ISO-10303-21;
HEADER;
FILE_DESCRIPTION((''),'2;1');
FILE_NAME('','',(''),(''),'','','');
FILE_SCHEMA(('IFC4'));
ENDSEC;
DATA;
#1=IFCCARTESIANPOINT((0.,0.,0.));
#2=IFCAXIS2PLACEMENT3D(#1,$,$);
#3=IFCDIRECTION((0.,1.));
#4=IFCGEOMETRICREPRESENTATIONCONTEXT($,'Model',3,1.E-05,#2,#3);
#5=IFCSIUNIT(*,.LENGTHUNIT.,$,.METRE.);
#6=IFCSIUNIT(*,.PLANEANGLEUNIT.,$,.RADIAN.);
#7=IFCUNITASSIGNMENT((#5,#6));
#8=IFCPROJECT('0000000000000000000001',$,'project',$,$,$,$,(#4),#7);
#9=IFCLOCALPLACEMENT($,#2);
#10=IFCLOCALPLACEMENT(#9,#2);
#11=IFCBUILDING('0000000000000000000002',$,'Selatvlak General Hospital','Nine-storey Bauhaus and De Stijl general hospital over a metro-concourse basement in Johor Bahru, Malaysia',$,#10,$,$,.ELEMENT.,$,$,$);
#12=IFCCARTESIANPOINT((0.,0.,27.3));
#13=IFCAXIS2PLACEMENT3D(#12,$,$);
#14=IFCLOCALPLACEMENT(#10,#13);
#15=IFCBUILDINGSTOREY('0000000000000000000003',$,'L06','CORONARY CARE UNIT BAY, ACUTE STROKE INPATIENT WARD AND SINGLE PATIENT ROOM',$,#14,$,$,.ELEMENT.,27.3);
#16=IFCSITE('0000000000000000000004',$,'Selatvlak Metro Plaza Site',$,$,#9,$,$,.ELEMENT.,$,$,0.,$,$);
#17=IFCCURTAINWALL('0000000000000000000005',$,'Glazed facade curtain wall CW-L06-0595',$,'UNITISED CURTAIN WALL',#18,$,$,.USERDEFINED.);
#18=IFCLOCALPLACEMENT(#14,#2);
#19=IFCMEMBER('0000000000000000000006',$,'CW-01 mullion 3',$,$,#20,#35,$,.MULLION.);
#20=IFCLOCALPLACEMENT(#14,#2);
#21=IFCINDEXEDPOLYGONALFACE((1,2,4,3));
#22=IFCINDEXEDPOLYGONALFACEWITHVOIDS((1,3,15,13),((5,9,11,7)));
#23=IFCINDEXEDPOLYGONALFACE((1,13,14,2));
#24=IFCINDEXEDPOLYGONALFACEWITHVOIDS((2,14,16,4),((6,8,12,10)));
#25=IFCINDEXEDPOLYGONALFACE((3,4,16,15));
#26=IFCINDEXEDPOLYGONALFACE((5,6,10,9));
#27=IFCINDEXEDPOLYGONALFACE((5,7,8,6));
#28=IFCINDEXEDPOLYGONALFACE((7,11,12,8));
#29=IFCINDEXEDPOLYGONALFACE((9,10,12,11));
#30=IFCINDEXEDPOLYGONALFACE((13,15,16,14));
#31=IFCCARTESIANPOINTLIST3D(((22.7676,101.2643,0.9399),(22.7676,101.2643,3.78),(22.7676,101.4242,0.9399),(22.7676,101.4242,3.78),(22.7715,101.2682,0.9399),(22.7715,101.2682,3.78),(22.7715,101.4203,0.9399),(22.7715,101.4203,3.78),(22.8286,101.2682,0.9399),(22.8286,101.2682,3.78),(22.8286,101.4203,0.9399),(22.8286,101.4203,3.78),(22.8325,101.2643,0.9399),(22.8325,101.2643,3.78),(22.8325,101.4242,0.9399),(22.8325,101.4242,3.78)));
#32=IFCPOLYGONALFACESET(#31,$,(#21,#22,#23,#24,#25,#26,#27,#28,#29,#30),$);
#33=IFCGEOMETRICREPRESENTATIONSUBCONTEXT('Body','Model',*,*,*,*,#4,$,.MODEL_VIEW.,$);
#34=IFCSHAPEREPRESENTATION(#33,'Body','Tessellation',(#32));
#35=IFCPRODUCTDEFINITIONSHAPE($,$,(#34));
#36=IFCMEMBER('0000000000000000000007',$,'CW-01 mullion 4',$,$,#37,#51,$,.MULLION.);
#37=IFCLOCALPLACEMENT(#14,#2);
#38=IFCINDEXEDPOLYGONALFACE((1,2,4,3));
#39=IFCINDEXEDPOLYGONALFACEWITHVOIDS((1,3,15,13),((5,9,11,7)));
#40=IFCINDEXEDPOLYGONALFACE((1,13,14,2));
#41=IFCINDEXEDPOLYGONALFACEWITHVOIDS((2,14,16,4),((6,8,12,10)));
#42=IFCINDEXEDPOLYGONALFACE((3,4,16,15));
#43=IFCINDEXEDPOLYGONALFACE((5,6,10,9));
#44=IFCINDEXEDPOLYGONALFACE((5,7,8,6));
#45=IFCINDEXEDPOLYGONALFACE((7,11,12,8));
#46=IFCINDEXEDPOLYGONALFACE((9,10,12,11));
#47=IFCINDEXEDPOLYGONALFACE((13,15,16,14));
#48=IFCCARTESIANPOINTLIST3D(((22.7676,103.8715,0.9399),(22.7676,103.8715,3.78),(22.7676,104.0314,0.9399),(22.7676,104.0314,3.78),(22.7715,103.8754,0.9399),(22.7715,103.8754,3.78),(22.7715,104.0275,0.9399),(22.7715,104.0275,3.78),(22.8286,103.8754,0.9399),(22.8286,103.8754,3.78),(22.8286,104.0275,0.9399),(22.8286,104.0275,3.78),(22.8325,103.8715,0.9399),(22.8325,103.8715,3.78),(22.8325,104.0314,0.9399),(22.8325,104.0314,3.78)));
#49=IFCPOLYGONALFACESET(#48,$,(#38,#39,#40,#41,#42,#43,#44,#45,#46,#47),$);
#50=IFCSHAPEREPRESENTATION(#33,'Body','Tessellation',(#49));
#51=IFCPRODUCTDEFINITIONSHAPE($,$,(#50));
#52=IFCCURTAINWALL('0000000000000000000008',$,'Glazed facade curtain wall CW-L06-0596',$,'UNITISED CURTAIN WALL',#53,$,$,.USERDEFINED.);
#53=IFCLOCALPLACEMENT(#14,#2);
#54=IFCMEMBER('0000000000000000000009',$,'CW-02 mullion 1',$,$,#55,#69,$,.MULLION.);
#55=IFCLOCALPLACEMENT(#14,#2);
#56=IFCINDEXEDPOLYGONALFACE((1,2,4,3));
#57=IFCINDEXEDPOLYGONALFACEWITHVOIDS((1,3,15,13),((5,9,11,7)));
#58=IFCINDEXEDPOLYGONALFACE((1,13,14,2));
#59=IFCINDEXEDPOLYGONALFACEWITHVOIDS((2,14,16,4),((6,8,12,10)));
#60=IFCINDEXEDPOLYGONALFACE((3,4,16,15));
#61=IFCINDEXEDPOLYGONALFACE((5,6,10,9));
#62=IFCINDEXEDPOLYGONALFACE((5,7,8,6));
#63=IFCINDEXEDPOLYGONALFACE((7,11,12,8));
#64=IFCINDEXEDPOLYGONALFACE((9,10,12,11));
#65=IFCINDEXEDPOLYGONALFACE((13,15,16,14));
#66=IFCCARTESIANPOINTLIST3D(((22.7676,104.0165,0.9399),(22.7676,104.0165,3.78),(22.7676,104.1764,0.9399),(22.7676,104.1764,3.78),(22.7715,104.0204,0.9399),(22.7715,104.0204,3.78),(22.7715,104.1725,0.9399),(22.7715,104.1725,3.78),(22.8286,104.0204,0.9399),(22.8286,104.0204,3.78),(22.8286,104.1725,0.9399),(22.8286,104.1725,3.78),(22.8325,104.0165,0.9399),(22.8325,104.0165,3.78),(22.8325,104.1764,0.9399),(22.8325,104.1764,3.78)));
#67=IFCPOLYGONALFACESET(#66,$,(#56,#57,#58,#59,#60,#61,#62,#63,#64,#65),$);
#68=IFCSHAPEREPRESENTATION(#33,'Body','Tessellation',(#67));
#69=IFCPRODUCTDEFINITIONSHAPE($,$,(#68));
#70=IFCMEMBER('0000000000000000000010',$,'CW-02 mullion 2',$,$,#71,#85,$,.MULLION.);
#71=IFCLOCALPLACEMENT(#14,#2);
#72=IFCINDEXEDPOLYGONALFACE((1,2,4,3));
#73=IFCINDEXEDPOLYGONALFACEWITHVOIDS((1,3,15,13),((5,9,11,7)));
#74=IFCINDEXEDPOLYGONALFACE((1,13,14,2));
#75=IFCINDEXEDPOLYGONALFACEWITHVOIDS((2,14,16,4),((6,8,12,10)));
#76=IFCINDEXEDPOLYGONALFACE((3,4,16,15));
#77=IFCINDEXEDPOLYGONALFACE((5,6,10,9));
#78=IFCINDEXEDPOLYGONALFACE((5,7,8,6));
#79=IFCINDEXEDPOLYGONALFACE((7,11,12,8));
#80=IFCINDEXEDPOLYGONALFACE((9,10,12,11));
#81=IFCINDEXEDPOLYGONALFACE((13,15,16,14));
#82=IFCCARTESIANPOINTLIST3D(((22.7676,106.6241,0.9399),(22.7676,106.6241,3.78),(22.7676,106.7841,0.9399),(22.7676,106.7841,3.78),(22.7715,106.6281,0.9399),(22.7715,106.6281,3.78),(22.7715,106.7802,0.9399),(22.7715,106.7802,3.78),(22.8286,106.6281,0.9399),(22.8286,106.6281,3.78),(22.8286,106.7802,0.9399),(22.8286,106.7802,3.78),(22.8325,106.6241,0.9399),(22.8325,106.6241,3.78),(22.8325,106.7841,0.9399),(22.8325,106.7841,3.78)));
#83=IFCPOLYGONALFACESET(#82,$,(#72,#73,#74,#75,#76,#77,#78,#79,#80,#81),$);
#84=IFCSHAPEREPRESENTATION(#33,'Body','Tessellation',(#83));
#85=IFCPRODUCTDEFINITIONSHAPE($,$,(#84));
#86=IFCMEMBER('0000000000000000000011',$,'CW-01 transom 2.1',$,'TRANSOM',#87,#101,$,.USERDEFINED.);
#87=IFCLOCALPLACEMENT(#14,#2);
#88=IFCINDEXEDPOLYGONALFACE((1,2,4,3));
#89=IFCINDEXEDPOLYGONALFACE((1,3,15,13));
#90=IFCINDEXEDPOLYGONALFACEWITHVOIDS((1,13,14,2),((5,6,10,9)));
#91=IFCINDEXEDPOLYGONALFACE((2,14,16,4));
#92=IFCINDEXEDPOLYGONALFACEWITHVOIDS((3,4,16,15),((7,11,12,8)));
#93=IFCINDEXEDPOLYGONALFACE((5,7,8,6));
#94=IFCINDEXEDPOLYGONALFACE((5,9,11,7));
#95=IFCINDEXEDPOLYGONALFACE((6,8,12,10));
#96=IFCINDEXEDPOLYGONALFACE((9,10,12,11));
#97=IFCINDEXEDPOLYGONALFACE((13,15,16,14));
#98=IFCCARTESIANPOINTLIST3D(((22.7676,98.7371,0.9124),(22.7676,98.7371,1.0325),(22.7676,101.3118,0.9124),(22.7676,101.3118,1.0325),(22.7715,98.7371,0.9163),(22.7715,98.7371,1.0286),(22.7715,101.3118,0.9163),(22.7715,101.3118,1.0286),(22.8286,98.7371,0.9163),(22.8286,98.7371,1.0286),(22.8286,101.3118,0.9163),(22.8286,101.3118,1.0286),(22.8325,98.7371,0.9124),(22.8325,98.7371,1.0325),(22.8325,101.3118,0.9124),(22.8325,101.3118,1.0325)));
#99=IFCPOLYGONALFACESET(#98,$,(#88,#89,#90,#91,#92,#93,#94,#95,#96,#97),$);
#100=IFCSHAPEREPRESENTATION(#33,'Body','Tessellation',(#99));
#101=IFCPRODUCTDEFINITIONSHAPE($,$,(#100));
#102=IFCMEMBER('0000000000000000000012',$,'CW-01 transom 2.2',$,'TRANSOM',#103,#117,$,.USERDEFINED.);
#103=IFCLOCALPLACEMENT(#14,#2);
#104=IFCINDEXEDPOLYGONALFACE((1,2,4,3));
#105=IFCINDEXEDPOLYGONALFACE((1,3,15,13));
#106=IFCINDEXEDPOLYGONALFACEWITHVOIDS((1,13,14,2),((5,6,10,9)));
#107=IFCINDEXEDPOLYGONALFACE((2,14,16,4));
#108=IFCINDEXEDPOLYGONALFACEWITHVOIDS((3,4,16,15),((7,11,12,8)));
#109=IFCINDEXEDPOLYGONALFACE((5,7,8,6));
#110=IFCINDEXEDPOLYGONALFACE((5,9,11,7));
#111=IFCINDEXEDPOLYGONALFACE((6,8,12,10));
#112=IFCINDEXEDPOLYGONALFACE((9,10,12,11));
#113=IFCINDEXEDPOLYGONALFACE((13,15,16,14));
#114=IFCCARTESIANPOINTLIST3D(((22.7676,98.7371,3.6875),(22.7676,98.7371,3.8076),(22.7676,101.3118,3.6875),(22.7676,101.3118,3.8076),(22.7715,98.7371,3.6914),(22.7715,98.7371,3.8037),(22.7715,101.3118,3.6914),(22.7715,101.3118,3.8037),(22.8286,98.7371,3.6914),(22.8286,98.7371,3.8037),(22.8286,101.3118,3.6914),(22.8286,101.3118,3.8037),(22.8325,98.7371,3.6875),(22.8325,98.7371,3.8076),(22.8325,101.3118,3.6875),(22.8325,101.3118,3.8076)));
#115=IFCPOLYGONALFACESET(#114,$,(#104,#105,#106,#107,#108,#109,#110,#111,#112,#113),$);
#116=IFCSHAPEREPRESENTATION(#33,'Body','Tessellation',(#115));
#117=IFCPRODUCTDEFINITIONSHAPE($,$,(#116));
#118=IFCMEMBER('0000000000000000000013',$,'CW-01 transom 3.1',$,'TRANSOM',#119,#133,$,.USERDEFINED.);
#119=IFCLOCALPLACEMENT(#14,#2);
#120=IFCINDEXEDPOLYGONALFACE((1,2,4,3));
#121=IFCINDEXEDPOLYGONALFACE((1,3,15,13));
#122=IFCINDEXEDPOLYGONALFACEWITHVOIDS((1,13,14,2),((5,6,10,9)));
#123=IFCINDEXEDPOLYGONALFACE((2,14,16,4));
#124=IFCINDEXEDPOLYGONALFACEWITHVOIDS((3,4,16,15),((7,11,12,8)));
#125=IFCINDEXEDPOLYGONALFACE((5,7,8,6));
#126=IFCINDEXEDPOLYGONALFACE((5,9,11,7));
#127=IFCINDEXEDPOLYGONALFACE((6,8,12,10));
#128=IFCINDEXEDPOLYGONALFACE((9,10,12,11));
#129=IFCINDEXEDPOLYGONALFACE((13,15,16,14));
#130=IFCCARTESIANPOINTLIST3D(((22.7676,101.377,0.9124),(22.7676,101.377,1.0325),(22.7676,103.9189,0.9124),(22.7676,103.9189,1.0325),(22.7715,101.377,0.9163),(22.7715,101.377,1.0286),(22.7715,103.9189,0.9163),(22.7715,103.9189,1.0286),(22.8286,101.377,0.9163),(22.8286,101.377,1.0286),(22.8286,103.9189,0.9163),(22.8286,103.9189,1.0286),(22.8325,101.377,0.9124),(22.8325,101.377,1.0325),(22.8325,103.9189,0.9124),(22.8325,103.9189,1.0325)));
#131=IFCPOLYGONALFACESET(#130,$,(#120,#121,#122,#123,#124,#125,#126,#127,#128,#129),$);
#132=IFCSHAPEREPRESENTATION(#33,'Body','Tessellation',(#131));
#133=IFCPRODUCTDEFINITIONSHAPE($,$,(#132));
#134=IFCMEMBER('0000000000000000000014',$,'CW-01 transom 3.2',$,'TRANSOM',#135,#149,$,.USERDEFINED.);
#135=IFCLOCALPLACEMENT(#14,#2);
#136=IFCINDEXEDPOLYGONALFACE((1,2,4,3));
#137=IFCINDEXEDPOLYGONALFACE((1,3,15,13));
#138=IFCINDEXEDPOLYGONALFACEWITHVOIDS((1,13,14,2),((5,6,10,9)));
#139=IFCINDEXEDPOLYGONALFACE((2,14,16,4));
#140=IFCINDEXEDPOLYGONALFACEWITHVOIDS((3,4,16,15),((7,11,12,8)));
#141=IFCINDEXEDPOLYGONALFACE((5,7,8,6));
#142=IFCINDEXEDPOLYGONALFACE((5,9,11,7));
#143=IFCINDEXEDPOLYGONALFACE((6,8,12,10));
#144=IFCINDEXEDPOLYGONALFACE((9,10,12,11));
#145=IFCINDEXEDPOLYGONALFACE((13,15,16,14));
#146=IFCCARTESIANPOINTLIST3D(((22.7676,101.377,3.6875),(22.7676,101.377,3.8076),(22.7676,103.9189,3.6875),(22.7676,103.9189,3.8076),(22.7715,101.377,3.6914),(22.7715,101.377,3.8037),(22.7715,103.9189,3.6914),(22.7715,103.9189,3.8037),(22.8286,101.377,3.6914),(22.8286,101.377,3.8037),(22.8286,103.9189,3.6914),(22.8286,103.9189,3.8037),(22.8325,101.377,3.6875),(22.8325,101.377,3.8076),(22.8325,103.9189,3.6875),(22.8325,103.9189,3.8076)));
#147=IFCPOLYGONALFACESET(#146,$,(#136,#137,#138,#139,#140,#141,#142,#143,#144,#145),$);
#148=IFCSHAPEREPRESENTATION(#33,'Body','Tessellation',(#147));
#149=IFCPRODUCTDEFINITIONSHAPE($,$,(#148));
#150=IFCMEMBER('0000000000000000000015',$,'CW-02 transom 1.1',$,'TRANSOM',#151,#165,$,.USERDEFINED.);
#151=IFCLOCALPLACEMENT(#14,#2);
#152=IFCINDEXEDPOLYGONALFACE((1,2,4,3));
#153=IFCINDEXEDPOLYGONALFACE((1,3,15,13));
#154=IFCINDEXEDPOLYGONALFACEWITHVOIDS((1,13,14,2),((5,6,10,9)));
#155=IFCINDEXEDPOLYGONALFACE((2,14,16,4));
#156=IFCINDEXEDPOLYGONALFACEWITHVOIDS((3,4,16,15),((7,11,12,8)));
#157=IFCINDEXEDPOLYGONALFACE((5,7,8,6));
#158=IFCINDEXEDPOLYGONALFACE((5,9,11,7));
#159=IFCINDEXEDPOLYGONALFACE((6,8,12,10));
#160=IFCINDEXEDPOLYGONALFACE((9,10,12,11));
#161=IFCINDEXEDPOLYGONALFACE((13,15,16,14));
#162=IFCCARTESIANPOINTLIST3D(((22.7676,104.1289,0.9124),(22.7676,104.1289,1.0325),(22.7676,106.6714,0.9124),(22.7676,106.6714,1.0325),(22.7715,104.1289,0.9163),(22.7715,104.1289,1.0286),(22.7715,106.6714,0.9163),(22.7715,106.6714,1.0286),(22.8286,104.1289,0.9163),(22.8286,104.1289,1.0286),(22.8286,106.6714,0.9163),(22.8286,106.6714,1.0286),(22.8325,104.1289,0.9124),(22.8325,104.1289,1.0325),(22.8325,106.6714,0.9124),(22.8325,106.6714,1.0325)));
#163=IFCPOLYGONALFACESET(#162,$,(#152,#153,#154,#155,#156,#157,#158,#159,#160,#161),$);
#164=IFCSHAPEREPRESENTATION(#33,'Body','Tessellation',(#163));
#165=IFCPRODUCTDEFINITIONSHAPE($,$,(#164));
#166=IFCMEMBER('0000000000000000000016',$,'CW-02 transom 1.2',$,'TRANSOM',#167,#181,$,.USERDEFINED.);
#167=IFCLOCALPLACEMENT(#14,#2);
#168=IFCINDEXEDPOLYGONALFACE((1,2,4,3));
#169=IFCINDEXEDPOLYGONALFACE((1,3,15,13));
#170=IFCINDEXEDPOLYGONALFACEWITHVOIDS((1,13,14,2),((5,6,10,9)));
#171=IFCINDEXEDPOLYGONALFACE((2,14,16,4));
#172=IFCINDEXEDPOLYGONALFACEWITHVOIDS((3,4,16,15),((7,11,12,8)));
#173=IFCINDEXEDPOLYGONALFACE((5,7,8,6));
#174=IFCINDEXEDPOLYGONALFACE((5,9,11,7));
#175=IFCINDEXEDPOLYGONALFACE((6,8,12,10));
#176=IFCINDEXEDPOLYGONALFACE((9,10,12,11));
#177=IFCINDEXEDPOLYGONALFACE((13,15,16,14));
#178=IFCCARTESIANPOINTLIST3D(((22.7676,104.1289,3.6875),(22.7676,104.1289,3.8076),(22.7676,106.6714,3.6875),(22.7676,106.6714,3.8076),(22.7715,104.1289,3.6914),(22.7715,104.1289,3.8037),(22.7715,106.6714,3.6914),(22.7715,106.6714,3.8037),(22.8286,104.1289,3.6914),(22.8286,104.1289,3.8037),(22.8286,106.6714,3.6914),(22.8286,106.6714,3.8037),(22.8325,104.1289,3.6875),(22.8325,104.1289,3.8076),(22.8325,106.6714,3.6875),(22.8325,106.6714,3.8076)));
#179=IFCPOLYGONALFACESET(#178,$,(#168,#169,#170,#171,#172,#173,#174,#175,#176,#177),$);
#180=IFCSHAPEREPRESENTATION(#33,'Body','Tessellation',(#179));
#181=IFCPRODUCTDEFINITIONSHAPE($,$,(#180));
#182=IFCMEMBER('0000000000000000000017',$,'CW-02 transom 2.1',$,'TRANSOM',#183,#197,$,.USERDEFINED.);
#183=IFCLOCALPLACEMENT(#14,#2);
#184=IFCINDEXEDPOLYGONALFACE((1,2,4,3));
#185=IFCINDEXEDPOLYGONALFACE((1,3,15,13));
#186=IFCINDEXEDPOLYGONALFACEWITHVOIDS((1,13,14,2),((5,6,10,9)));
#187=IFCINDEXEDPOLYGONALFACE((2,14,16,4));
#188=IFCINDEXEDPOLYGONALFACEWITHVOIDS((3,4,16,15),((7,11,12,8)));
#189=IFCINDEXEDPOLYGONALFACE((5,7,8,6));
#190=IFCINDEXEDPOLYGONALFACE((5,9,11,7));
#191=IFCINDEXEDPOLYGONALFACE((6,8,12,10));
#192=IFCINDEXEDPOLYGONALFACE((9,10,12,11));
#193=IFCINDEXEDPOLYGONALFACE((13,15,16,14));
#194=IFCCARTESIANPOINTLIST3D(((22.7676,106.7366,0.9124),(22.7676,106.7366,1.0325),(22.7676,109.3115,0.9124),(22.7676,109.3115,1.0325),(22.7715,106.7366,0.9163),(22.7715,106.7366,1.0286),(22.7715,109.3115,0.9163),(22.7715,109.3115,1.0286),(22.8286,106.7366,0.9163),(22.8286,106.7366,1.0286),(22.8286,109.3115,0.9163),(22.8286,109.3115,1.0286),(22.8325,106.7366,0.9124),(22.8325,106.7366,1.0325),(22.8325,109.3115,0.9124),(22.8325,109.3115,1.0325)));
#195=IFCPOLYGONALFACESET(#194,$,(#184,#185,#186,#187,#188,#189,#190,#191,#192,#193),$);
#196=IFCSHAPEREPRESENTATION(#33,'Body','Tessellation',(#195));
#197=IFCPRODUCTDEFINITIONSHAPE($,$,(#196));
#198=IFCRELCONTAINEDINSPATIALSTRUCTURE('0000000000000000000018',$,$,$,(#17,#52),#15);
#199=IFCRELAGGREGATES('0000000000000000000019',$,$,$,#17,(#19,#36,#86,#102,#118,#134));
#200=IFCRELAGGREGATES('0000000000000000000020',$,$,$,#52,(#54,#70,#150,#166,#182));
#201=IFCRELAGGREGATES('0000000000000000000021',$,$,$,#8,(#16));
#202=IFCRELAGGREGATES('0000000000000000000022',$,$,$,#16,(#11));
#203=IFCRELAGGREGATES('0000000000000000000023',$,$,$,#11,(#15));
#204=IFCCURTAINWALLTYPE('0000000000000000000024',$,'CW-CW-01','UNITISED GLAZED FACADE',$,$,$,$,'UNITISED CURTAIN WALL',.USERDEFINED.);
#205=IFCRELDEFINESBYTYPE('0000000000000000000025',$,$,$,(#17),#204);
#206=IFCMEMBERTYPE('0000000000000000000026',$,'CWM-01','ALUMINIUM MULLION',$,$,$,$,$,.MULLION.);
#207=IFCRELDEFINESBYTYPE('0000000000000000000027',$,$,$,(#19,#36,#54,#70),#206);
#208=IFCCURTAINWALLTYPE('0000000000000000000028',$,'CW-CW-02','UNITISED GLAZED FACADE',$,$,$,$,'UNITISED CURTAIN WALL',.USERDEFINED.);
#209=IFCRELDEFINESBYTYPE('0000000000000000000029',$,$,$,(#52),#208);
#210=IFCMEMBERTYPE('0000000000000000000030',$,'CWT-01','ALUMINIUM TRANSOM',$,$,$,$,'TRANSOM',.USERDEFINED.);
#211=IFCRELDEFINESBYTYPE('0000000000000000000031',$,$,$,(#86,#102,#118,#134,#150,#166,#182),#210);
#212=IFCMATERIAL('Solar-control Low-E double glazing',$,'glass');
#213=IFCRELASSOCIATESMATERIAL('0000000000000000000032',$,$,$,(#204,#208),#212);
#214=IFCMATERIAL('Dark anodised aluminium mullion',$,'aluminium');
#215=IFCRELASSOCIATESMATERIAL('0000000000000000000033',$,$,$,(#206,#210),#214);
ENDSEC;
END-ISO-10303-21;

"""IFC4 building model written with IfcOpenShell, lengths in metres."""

from ifc_helpers import new_model, si_unit, direction, frame, origin, origin_2d, place, context, subcontext, project, spatial, hollow_rectangle, extrude, material, material_profile, profile_set, type_object, element, aggregate, save


model = new_model("IFC4")

# Units and contexts
model_context = context("Model", 3, precision=1e-05, world=origin(), true_north=direction((0.0, 1.0)))
body_context = subcontext(model_context, "Body", "Model", "MODEL_VIEW")
ifc_project = project(units=[si_unit("LENGTHUNIT", "METRE"), si_unit("PLANEANGLEUNIT", "RADIAN")], contexts=[model_context])

# Site, building, storey
site_placement = place(None, origin())
site = spatial("IfcSite", under=ifc_project, at=site_placement, Name="Selatvlak Metro Plaza Site", CompositionType="ELEMENT", RefElevation=0.0)
building_placement = place(site_placement, origin())
building = spatial("IfcBuilding", under=site, at=building_placement, Name="Selatvlak General Hospital", Description="Nine-storey Bauhaus and De Stijl general hospital over a metro-concourse basement in Johor Bahru, Malaysia", CompositionType="ELEMENT")
storey_placement = place(building_placement, frame((0.0, 0.0, 27.3)))
storey = spatial("IfcBuildingStorey", under=building, at=storey_placement, Name="L06", Description="CORONARY CARE UNIT BAY, ACUTE STROKE INPATIENT WARD AND SINGLE PATIENT ROOM", CompositionType="ELEMENT", Elevation=27.3)

# Curtain walls, members
ifc_material_1 = material(Name="Solar-control Low-E double glazing", Category="glass")
curtain_wall_type_1 = type_object("IfcCurtainWallType", Name="CW-CW-01", Description="UNITISED GLAZED FACADE", ElementType="UNITISED CURTAIN WALL", PredefinedType="USERDEFINED", material=ifc_material_1)
curtain_wall_1_placement = place(storey_placement, origin())
curtain_wall_1 = element("IfcCurtainWall", 1, at=curtain_wall_1_placement, inside=storey, type_object=curtain_wall_type_1, Name="Glazed facade curtain wall CW-L06-0595", ObjectType="UNITISED CURTAIN WALL", PredefinedType="USERDEFINED")
ifc_material_2 = material(Name="Dark anodised aluminium mullion", Category="aluminium")
ifc_material_profile_1 = material_profile(ifc_material_2, hollow_rectangle(XDim=0.0649, YDim=0.1599, WallThickness=0.0039, at=origin_2d()), Name="AL-MUL 65x160x4")
ifc_profile_set_1 = profile_set([ifc_material_profile_1], Name="Dark anodised aluminium mullion")
member_type_1 = type_object("IfcMemberType", Name="CWM-01", Description="ALUMINIUM MULLION", PredefinedType="MULLION", material=ifc_profile_set_1)
member_1_placement = place(storey_placement, frame((22.8, 101.3442, 0.9399), z_axis=(0.0, 0.0, 1.0), x_axis=(-1.0, 0.0, 0.0)))
member_1 = element("IfcMember", 2, at=member_1_placement, type_object=member_type_1, Name="CW-01 mullion 3", PredefinedType="MULLION", context=body_context, shape_type="SweptSolid", body=[
    extrude(hollow_rectangle(XDim=0.0649, YDim=0.1599, WallThickness=0.0039, at=origin_2d()), origin(), (0.0, 0.0, 1.0), 2.8401),
])
member_2_placement = place(storey_placement, frame((22.8, 103.9514, 0.9399), z_axis=(0.0, 0.0, 1.0), x_axis=(-1.0, 0.0, 0.0)))
member_2 = element("IfcMember", 3, at=member_2_placement, type_object=member_type_1, Name="CW-01 mullion 4", PredefinedType="MULLION", context=body_context, shape_type="SweptSolid", body=[
    extrude(hollow_rectangle(XDim=0.0649, YDim=0.1599, WallThickness=0.0039, at=origin_2d()), origin(), (0.0, 0.0, 1.0), 2.8401),
])
curtain_wall_type_2 = type_object("IfcCurtainWallType", Name="CW-CW-02", Description="UNITISED GLAZED FACADE", ElementType="UNITISED CURTAIN WALL", PredefinedType="USERDEFINED", material=ifc_material_1)
curtain_wall_2_placement = place(storey_placement, origin())
curtain_wall_2 = element("IfcCurtainWall", 4, at=curtain_wall_2_placement, inside=storey, type_object=curtain_wall_type_2, Name="Glazed facade curtain wall CW-L06-0596", ObjectType="UNITISED CURTAIN WALL", PredefinedType="USERDEFINED")
member_3_placement = place(storey_placement, frame((22.8, 104.0964, 0.9399), z_axis=(0.0, 0.0, 1.0), x_axis=(-1.0, 0.0, 0.0)))
member_3 = element("IfcMember", 5, at=member_3_placement, type_object=member_type_1, Name="CW-02 mullion 1", PredefinedType="MULLION", context=body_context, shape_type="SweptSolid", body=[
    extrude(hollow_rectangle(XDim=0.0649, YDim=0.1599, WallThickness=0.0039, at=origin_2d()), origin(), (0.0, 0.0, 1.0), 2.8401),
])
member_4_placement = place(storey_placement, frame((22.8, 106.7041, 0.9399), z_axis=(0.0, 0.0, 1.0), x_axis=(-1.0, 0.0, 0.0)))
member_4 = element("IfcMember", 6, at=member_4_placement, type_object=member_type_1, Name="CW-02 mullion 2", PredefinedType="MULLION", context=body_context, shape_type="SweptSolid", body=[
    extrude(hollow_rectangle(XDim=0.0649, YDim=0.1599, WallThickness=0.0039, at=origin_2d()), origin(), (0.0, 0.0, 1.0), 2.8401),
])

# Members
ifc_material_profile_2 = material_profile(ifc_material_2, hollow_rectangle(XDim=0.0649, YDim=0.1201, WallThickness=0.0039, at=origin_2d()), Name="AL-TRN 65x120x4")
ifc_profile_set_2 = profile_set([ifc_material_profile_2], Name="Dark anodised aluminium mullion")
member_type_2 = type_object("IfcMemberType", Name="CWT-01", Description="ALUMINIUM TRANSOM", ElementType="TRANSOM", PredefinedType="USERDEFINED", material=ifc_profile_set_2)
member_5_placement = place(storey_placement, frame((22.8, 98.7371, 0.9724), z_axis=(0.0, 1.0, 0.0), x_axis=(-1.0, 0.0, 0.0)))
member_5 = element("IfcMember", 7, at=member_5_placement, type_object=member_type_2, Name="CW-01 transom 2.1", ObjectType="TRANSOM", PredefinedType="USERDEFINED", context=body_context, shape_type="SweptSolid", body=[
    extrude(hollow_rectangle(XDim=0.0649, YDim=0.1201, WallThickness=0.0039, at=origin_2d()), origin(), (0.0, 0.0, 1.0), 2.5747),
])
member_6_placement = place(storey_placement, frame((22.8, 98.7371, 3.7476), z_axis=(0.0, 1.0, 0.0), x_axis=(-1.0, 0.0, 0.0)))
member_6 = element("IfcMember", 8, at=member_6_placement, type_object=member_type_2, Name="CW-01 transom 2.2", ObjectType="TRANSOM", PredefinedType="USERDEFINED", context=body_context, shape_type="SweptSolid", body=[
    extrude(hollow_rectangle(XDim=0.0649, YDim=0.1201, WallThickness=0.0039, at=origin_2d()), origin(), (0.0, 0.0, 1.0), 2.5747),
])
member_7_placement = place(storey_placement, frame((22.8, 101.377, 0.9724), z_axis=(0.0, 1.0, 0.0), x_axis=(-1.0, 0.0, 0.0)))
member_7 = element("IfcMember", 9, at=member_7_placement, type_object=member_type_2, Name="CW-01 transom 3.1", ObjectType="TRANSOM", PredefinedType="USERDEFINED", context=body_context, shape_type="SweptSolid", body=[
    extrude(hollow_rectangle(XDim=0.0649, YDim=0.1201, WallThickness=0.0039, at=origin_2d()), origin(), (0.0, 0.0, 1.0), 2.542),
])
member_8_placement = place(storey_placement, frame((22.8, 101.377, 3.7476), z_axis=(0.0, 1.0, 0.0), x_axis=(-1.0, 0.0, 0.0)))
member_8 = element("IfcMember", 10, at=member_8_placement, type_object=member_type_2, Name="CW-01 transom 3.2", ObjectType="TRANSOM", PredefinedType="USERDEFINED", context=body_context, shape_type="SweptSolid", body=[
    extrude(hollow_rectangle(XDim=0.0649, YDim=0.1201, WallThickness=0.0039, at=origin_2d()), origin(), (0.0, 0.0, 1.0), 2.542),
])
member_9_placement = place(storey_placement, frame((22.8, 104.1289, 0.9724), z_axis=(0.0, 1.0, 0.0), x_axis=(-1.0, 0.0, 0.0)))
member_9 = element("IfcMember", 11, at=member_9_placement, type_object=member_type_2, Name="CW-02 transom 1.1", ObjectType="TRANSOM", PredefinedType="USERDEFINED", context=body_context, shape_type="SweptSolid", body=[
    extrude(hollow_rectangle(XDim=0.0649, YDim=0.1201, WallThickness=0.0039, at=origin_2d()), origin(), (0.0, 0.0, 1.0), 2.5425),
])
member_10_placement = place(storey_placement, frame((22.8, 104.1289, 3.7476), z_axis=(0.0, 1.0, 0.0), x_axis=(-1.0, 0.0, 0.0)))
member_10 = element("IfcMember", 12, at=member_10_placement, type_object=member_type_2, Name="CW-02 transom 1.2", ObjectType="TRANSOM", PredefinedType="USERDEFINED", context=body_context, shape_type="SweptSolid", body=[
    extrude(hollow_rectangle(XDim=0.0649, YDim=0.1201, WallThickness=0.0039, at=origin_2d()), origin(), (0.0, 0.0, 1.0), 2.5425),
])
member_11_placement = place(storey_placement, frame((22.8, 106.7366, 0.9724), z_axis=(0.0, 1.0, 0.0), x_axis=(-1.0, 0.0, 0.0)))
member_11 = element("IfcMember", 13, at=member_11_placement, type_object=member_type_2, Name="CW-02 transom 2.1", ObjectType="TRANSOM", PredefinedType="USERDEFINED", context=body_context, shape_type="SweptSolid", body=[
    extrude(hollow_rectangle(XDim=0.0649, YDim=0.1201, WallThickness=0.0039, at=origin_2d()), origin(), (0.0, 0.0, 1.0), 2.575),
])

aggregate(curtain_wall_1, [member_1, member_2, member_5, member_6, member_7, member_8])
aggregate(curtain_wall_2, [member_3, member_4, member_9, member_10, member_11])

save(model, "model.ifc")
